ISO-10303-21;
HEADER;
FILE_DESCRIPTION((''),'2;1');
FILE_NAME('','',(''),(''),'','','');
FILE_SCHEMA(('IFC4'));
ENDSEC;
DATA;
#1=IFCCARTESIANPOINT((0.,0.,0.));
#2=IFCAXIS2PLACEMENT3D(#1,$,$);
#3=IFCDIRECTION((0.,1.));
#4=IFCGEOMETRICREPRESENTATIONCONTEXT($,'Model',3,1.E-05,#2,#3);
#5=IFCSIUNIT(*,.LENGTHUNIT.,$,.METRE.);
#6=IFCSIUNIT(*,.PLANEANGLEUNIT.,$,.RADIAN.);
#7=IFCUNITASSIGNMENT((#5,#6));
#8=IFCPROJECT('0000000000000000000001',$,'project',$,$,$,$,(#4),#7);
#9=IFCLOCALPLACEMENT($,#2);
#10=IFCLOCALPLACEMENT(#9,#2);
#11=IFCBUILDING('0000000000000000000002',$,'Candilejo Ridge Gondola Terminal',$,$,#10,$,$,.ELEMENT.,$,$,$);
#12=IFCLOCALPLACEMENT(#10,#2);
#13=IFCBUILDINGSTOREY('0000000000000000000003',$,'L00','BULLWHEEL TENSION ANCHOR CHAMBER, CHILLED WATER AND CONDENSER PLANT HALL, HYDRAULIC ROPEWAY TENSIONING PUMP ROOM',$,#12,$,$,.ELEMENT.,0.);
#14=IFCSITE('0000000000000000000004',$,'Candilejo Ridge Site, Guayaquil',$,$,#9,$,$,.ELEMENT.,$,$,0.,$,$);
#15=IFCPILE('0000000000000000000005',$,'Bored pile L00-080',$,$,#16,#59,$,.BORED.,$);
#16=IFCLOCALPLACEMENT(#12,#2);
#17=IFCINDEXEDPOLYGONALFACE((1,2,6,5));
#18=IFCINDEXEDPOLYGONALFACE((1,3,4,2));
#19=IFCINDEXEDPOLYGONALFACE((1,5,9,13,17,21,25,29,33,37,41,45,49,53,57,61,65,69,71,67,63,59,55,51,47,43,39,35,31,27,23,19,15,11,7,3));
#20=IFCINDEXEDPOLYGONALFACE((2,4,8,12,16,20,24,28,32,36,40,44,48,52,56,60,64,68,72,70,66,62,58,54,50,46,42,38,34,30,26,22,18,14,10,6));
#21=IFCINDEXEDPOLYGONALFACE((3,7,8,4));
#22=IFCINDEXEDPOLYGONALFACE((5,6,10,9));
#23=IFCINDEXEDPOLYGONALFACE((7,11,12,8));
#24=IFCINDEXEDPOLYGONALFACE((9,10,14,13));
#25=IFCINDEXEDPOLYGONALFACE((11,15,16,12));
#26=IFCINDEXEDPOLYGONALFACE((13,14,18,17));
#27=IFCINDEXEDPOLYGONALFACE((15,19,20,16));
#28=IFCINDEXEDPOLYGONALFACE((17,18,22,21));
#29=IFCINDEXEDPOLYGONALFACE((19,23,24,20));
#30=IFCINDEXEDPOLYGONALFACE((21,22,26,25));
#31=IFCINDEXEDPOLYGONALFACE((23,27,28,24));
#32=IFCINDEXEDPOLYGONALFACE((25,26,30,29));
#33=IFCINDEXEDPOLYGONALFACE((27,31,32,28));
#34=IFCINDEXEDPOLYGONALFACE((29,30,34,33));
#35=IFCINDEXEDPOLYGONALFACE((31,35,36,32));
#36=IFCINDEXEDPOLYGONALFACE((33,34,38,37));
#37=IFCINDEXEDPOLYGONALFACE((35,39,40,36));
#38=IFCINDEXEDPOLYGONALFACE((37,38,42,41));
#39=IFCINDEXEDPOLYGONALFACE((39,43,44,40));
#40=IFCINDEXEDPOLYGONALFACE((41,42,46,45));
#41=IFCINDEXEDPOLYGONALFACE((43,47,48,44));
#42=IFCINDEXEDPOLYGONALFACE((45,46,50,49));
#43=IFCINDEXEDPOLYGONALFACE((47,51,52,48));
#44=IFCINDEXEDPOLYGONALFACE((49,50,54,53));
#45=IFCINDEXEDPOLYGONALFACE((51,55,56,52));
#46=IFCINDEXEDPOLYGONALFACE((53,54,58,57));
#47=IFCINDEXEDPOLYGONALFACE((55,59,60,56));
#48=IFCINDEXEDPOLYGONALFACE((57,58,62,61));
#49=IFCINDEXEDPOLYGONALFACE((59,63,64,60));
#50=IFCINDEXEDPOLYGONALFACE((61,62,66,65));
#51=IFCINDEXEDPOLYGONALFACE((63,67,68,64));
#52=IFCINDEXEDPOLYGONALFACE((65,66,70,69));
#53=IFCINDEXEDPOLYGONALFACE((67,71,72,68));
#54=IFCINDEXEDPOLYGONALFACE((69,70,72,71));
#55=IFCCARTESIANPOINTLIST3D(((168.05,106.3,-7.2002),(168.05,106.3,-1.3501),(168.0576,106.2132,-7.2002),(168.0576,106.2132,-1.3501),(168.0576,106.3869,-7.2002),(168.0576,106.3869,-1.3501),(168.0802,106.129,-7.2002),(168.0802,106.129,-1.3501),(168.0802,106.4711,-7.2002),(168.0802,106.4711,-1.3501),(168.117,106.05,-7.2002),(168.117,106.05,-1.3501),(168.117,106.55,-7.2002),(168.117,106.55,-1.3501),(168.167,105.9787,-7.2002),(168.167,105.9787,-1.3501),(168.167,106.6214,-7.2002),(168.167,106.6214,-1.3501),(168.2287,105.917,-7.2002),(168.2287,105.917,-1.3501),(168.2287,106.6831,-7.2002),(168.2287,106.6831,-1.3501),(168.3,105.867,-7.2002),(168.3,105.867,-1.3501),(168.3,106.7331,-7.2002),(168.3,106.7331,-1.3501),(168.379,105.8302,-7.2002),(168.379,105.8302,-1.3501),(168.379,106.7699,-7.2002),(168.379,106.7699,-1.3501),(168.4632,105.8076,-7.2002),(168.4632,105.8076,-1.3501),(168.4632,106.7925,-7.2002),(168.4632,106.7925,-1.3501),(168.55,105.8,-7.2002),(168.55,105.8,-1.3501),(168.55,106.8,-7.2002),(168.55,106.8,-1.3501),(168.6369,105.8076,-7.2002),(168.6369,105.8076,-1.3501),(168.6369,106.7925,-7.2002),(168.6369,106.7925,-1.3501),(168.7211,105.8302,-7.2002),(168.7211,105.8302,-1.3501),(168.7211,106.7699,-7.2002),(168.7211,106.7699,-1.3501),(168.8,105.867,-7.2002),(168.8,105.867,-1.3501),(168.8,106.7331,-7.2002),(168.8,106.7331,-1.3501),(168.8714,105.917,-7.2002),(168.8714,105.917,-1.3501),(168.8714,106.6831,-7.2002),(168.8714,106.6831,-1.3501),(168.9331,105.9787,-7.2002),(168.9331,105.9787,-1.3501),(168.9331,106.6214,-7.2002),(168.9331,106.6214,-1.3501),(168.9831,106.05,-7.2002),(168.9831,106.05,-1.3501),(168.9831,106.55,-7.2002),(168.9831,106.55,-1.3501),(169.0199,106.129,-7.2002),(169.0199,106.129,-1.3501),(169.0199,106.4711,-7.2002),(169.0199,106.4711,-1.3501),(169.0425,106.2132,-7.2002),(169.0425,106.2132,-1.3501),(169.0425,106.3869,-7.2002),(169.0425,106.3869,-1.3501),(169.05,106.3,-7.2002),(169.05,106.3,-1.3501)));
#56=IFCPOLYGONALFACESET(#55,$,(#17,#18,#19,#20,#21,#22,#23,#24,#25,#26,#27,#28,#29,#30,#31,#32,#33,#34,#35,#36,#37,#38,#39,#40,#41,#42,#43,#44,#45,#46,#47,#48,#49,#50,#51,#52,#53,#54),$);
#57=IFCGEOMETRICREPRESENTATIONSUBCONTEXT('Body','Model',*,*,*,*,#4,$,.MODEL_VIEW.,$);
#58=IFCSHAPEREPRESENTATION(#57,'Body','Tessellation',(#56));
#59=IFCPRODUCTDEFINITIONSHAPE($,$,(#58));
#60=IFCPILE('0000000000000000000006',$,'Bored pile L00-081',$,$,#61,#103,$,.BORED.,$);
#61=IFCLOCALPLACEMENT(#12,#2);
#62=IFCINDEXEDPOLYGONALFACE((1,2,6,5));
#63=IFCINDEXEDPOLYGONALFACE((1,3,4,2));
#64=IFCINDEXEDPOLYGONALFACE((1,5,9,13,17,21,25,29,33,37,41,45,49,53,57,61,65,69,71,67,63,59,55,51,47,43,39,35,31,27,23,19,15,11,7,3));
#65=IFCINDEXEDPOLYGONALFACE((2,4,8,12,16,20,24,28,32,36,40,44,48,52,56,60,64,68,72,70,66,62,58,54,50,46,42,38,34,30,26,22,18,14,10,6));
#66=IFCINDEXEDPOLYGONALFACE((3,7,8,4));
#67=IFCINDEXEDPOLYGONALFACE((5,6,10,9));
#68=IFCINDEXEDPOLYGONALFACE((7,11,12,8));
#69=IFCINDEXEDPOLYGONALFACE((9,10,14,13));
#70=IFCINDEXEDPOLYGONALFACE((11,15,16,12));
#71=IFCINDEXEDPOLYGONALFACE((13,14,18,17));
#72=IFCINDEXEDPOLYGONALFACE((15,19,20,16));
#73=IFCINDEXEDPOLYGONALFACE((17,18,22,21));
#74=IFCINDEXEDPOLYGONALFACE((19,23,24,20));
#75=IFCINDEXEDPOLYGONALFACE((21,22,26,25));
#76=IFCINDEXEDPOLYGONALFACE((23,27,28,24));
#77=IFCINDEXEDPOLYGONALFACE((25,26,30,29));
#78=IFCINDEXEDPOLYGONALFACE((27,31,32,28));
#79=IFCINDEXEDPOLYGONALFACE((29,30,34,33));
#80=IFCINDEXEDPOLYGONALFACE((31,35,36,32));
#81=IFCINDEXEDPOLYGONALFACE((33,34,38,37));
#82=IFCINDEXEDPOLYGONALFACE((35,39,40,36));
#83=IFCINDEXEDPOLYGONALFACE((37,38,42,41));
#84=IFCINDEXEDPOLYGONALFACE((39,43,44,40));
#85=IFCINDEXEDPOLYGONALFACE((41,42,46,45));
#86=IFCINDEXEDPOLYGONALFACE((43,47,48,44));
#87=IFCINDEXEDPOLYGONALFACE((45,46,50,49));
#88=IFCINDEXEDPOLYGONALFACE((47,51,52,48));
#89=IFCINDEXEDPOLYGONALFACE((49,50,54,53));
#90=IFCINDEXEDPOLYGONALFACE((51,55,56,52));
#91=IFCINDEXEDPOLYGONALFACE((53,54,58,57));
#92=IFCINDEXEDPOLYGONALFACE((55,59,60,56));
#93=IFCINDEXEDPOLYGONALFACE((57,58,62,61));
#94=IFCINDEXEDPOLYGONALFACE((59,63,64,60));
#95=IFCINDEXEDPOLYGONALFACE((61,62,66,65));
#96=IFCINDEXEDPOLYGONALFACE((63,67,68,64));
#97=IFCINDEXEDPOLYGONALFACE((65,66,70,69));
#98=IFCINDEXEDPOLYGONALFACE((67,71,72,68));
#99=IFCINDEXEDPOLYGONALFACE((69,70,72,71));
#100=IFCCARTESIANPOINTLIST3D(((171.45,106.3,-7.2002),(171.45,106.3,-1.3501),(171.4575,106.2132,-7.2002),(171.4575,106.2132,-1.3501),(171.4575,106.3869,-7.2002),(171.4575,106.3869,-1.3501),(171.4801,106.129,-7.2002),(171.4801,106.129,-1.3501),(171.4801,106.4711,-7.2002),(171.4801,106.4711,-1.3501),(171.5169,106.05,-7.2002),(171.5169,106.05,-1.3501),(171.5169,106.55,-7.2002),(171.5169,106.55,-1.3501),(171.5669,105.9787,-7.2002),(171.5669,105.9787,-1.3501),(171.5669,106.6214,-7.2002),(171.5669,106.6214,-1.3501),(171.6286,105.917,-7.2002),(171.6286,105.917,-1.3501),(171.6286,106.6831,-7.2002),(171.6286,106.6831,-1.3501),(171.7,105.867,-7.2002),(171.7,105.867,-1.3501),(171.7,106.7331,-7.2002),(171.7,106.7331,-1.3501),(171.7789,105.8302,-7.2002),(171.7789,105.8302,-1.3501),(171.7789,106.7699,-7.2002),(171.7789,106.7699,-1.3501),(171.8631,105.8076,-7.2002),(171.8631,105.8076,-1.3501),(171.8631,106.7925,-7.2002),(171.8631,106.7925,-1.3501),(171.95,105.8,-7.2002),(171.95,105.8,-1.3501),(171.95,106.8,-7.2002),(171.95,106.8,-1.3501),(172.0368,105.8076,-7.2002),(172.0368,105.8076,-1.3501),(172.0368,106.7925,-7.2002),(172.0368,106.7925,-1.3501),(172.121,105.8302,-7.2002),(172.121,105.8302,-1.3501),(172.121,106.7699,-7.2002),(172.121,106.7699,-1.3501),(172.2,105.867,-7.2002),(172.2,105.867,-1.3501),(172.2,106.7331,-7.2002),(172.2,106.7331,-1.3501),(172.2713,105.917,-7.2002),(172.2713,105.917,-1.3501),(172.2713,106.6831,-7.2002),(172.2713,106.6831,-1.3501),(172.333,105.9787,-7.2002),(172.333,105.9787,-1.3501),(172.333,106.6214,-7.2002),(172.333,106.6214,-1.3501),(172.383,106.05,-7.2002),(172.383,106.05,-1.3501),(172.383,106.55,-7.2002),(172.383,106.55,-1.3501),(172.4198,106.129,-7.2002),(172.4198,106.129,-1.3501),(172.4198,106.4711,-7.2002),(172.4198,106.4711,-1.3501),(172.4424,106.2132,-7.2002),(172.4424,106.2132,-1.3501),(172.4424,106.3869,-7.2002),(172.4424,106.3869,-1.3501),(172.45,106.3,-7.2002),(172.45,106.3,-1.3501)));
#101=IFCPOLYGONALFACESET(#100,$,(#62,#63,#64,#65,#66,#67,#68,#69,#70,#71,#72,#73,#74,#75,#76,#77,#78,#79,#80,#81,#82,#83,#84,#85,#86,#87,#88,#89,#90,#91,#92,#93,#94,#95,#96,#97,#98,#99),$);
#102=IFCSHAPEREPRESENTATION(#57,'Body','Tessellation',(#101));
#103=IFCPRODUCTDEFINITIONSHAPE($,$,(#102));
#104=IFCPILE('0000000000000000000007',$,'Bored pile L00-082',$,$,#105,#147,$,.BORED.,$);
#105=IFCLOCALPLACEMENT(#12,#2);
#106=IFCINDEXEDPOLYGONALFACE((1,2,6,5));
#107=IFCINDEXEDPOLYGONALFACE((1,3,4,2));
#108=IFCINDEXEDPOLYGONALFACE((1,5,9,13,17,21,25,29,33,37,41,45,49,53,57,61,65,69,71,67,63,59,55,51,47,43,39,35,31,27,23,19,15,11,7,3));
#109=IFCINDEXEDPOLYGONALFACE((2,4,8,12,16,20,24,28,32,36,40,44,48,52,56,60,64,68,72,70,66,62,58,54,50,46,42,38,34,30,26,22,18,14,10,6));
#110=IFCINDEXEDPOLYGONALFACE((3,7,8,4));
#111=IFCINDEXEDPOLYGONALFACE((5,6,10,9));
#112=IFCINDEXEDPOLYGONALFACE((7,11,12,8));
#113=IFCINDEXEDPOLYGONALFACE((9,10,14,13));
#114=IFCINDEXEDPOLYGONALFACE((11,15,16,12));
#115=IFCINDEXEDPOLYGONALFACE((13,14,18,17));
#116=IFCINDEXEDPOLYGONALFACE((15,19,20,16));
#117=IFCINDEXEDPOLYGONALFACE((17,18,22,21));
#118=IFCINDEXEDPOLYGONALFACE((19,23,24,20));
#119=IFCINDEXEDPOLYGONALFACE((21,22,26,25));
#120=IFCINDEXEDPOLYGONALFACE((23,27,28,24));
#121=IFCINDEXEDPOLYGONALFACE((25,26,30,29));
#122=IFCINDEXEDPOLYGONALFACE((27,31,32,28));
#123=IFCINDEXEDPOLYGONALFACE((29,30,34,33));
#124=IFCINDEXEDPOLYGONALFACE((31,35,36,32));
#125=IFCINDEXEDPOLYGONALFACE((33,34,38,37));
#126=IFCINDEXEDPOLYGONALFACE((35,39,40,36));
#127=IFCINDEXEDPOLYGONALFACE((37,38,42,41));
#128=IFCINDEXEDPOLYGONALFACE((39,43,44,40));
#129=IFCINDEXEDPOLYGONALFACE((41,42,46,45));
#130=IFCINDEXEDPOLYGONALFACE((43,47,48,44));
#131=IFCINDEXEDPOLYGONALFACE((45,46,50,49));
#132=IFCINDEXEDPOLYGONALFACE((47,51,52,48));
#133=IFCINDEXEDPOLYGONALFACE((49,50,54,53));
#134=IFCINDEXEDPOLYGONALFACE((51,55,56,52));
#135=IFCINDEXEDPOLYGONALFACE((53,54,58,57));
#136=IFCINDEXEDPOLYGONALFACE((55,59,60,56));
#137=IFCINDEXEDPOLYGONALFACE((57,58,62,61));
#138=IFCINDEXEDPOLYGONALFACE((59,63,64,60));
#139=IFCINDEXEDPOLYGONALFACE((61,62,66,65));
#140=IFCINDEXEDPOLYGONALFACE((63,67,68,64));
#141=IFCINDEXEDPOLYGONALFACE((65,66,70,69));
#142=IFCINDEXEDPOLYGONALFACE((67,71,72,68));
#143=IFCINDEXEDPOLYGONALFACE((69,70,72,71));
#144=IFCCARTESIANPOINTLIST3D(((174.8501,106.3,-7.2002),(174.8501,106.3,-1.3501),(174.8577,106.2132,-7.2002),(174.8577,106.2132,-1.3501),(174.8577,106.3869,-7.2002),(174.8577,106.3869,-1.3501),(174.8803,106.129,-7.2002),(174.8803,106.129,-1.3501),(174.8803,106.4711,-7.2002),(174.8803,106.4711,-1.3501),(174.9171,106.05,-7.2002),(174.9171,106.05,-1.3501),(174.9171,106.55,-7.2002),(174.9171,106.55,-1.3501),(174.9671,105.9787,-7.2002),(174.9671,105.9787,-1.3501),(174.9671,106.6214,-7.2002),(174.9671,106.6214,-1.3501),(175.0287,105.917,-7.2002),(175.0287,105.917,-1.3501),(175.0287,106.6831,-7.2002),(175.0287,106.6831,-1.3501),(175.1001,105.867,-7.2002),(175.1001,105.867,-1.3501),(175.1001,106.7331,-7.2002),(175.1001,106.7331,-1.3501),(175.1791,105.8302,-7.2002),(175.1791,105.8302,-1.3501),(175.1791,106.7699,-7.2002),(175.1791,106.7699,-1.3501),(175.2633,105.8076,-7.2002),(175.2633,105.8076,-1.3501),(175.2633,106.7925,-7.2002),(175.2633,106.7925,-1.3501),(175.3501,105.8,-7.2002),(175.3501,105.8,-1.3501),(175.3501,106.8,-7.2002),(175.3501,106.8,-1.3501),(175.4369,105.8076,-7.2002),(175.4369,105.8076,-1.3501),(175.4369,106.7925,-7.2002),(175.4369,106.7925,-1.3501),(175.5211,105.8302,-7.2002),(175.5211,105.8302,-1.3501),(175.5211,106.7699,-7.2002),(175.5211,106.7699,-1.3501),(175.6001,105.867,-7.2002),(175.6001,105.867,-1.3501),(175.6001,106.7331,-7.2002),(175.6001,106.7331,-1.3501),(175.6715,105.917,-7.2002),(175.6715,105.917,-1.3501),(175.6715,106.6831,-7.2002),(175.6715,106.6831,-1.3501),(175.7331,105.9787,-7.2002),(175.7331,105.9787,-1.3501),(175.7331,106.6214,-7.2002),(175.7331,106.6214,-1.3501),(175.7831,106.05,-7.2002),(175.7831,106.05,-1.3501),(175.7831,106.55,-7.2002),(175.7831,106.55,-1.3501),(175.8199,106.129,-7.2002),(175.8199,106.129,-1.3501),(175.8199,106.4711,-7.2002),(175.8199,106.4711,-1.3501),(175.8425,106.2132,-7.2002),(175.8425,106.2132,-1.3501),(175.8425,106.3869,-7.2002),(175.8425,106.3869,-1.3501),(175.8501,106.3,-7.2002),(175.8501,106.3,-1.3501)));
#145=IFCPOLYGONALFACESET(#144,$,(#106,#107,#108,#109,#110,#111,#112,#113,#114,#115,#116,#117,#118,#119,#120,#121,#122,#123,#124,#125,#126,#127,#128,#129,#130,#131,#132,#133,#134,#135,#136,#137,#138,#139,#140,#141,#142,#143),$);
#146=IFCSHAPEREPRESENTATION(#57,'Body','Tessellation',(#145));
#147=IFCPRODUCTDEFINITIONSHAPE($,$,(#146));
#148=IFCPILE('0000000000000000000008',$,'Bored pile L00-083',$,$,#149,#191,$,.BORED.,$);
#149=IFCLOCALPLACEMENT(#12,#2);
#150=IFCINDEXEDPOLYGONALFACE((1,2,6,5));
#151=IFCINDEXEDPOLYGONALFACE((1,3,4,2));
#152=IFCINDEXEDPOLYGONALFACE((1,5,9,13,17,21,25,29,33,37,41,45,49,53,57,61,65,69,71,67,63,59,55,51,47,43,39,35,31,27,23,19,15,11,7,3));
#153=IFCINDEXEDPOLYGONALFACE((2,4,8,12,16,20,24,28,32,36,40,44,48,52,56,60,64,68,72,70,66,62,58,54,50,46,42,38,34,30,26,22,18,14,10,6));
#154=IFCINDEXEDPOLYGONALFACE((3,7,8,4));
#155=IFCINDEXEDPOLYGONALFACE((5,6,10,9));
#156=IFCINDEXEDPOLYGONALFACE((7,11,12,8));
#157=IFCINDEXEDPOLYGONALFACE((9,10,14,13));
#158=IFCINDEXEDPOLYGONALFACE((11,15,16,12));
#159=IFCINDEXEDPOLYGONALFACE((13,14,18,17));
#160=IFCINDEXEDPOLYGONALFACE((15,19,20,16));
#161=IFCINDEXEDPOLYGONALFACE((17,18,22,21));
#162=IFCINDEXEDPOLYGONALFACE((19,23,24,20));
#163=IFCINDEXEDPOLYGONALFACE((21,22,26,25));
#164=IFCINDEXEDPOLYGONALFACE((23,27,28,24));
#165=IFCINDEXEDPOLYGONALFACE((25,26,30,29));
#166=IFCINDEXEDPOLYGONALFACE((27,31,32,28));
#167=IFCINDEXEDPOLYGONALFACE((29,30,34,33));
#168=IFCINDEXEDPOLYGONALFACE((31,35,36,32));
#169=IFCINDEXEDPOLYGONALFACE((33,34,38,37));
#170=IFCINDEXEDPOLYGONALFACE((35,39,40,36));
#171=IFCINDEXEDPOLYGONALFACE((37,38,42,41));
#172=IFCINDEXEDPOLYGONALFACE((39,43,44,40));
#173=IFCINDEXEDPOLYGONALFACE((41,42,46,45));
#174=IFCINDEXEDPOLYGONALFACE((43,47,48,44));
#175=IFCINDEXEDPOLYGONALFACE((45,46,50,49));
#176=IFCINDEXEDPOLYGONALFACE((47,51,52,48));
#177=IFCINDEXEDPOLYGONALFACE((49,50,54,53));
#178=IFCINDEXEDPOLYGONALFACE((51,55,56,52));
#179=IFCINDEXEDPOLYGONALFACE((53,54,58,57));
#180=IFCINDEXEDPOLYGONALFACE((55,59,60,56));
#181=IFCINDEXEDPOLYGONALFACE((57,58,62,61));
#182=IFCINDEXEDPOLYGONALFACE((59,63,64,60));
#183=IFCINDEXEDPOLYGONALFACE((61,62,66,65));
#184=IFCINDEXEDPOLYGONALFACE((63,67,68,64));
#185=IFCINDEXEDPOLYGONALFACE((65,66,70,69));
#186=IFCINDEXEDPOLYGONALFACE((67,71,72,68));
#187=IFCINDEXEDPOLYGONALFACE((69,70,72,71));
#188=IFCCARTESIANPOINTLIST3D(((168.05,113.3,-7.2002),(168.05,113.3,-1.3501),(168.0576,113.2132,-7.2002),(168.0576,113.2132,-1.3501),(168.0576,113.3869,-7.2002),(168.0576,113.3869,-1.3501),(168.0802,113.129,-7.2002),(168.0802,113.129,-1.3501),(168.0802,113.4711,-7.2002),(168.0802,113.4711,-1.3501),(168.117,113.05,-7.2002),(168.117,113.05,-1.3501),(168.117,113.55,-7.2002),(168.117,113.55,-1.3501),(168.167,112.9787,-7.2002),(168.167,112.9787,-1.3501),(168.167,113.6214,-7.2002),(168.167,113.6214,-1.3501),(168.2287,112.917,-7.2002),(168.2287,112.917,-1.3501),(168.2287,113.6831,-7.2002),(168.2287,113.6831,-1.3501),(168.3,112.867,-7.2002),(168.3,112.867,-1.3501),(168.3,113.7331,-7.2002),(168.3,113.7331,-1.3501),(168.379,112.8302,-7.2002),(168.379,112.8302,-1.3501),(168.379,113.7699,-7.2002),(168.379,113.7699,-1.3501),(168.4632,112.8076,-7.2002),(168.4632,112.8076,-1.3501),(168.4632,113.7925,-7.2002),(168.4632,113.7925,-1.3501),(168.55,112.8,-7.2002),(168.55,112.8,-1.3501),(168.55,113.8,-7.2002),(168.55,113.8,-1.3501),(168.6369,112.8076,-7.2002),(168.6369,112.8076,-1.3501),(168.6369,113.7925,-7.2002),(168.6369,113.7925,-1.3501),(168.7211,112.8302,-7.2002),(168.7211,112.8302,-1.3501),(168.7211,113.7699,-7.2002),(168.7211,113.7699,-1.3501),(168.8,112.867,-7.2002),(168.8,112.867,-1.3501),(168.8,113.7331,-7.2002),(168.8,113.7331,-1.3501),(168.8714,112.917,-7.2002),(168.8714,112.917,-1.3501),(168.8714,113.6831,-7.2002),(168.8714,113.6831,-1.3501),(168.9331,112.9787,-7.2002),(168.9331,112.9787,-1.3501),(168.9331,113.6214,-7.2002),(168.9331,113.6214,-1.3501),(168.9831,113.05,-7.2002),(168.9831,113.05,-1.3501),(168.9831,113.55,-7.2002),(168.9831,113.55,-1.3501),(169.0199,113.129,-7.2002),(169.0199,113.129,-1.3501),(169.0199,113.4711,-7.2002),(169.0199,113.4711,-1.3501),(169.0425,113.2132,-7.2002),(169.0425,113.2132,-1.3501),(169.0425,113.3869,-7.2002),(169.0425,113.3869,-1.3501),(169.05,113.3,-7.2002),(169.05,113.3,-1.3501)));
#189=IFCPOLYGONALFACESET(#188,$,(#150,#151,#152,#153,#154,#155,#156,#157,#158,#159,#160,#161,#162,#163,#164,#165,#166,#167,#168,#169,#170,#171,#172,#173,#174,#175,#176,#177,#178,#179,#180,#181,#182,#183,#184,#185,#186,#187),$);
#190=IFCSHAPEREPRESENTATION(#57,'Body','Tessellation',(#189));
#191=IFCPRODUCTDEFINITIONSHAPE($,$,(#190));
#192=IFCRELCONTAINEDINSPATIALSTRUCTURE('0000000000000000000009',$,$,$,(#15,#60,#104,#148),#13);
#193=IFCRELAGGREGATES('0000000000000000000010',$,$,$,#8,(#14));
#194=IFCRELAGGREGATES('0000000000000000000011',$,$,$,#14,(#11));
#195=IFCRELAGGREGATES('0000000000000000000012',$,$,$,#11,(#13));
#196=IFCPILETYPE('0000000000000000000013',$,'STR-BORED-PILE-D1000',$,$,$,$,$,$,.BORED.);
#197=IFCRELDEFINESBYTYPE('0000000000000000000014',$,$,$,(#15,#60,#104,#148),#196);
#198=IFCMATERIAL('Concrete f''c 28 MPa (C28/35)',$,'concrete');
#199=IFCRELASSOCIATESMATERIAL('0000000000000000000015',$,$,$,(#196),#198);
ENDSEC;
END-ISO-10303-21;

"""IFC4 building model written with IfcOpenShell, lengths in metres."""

from ifc_helpers import new_model, si_unit, direction, frame, origin, origin_2d, place, context, subcontext, project, spatial, circle, extrude, material, material_profile, profile_set, type_object, element, save


model = new_model("IFC4")

# Units and contexts
model_context = context("Model", 3, precision=1e-05, world=origin(), true_north=direction((0.0, 1.0)))
body_context = subcontext(model_context, "Body", "Model", "MODEL_VIEW")
ifc_project = project(units=[si_unit("LENGTHUNIT", "METRE"), si_unit("PLANEANGLEUNIT", "RADIAN")], contexts=[model_context])

# Site, building, storey
site_placement = place(None, origin())
site = spatial("IfcSite", under=ifc_project, at=site_placement, Name="Candilejo Ridge Site, Guayaquil", CompositionType="ELEMENT", RefElevation=0.0)
building_placement = place(site_placement, origin())
building = spatial("IfcBuilding", under=site, at=building_placement, Name="Candilejo Ridge Gondola Terminal", CompositionType="ELEMENT")
storey_placement = place(building_placement, origin())
storey = spatial("IfcBuildingStorey", under=building, at=storey_placement, Name="L00", Description="BULLWHEEL TENSION ANCHOR CHAMBER, CHILLED WATER AND CONDENSER PLANT HALL, HYDRAULIC ROPEWAY TENSIONING PUMP ROOM", CompositionType="ELEMENT", Elevation=0.0)

# Piles
ifc_material_1 = material(Name="Concrete f'c 28 MPa (C28/35)", Category="concrete")
ifc_material_profile_1 = material_profile(ifc_material_1, circle(Radius=0.5, at=origin_2d()))
ifc_profile_set_1 = profile_set([ifc_material_profile_1], Name="Concrete f'c 28 MPa (C28/35)")
pile_type = type_object("IfcPileType", Name="STR-BORED-PILE-D1000", PredefinedType="BORED", material=ifc_profile_set_1)
for number, where, z_axis, x_axis, name in (
    (1, (168.55, 106.3, -1.3501), (0.0, 0.0, -1.0), (1.0, 0.0, 0.0), "Bored pile L00-080"),
    (2, (171.95, 106.3, -1.3501), (0.0, 0.0, -1.0), (1.0, 0.0, 0.0), "Bored pile L00-081"),
    (3, (175.3501, 106.3, -1.3501), (0.0, 0.0, -1.0), (1.0, 0.0, 0.0), "Bored pile L00-082"),
    (4, (168.55, 113.3, -1.3501), (0.0, 0.0, -1.0), (1.0, 0.0, 0.0), "Bored pile L00-083"),
):
    element("IfcPile", number, at=place(storey_placement, frame(where, z_axis=z_axis, x_axis=x_axis)), inside=storey, type_object=pile_type, Name=name, PredefinedType="BORED", context=body_context, shape_type="SweptSolid", body=[
        extrude(circle(Radius=0.5, at=origin_2d()), origin(), (0.0, 0.0, 1.0), 5.8501),
    ])

save(model, "model.ifc")
